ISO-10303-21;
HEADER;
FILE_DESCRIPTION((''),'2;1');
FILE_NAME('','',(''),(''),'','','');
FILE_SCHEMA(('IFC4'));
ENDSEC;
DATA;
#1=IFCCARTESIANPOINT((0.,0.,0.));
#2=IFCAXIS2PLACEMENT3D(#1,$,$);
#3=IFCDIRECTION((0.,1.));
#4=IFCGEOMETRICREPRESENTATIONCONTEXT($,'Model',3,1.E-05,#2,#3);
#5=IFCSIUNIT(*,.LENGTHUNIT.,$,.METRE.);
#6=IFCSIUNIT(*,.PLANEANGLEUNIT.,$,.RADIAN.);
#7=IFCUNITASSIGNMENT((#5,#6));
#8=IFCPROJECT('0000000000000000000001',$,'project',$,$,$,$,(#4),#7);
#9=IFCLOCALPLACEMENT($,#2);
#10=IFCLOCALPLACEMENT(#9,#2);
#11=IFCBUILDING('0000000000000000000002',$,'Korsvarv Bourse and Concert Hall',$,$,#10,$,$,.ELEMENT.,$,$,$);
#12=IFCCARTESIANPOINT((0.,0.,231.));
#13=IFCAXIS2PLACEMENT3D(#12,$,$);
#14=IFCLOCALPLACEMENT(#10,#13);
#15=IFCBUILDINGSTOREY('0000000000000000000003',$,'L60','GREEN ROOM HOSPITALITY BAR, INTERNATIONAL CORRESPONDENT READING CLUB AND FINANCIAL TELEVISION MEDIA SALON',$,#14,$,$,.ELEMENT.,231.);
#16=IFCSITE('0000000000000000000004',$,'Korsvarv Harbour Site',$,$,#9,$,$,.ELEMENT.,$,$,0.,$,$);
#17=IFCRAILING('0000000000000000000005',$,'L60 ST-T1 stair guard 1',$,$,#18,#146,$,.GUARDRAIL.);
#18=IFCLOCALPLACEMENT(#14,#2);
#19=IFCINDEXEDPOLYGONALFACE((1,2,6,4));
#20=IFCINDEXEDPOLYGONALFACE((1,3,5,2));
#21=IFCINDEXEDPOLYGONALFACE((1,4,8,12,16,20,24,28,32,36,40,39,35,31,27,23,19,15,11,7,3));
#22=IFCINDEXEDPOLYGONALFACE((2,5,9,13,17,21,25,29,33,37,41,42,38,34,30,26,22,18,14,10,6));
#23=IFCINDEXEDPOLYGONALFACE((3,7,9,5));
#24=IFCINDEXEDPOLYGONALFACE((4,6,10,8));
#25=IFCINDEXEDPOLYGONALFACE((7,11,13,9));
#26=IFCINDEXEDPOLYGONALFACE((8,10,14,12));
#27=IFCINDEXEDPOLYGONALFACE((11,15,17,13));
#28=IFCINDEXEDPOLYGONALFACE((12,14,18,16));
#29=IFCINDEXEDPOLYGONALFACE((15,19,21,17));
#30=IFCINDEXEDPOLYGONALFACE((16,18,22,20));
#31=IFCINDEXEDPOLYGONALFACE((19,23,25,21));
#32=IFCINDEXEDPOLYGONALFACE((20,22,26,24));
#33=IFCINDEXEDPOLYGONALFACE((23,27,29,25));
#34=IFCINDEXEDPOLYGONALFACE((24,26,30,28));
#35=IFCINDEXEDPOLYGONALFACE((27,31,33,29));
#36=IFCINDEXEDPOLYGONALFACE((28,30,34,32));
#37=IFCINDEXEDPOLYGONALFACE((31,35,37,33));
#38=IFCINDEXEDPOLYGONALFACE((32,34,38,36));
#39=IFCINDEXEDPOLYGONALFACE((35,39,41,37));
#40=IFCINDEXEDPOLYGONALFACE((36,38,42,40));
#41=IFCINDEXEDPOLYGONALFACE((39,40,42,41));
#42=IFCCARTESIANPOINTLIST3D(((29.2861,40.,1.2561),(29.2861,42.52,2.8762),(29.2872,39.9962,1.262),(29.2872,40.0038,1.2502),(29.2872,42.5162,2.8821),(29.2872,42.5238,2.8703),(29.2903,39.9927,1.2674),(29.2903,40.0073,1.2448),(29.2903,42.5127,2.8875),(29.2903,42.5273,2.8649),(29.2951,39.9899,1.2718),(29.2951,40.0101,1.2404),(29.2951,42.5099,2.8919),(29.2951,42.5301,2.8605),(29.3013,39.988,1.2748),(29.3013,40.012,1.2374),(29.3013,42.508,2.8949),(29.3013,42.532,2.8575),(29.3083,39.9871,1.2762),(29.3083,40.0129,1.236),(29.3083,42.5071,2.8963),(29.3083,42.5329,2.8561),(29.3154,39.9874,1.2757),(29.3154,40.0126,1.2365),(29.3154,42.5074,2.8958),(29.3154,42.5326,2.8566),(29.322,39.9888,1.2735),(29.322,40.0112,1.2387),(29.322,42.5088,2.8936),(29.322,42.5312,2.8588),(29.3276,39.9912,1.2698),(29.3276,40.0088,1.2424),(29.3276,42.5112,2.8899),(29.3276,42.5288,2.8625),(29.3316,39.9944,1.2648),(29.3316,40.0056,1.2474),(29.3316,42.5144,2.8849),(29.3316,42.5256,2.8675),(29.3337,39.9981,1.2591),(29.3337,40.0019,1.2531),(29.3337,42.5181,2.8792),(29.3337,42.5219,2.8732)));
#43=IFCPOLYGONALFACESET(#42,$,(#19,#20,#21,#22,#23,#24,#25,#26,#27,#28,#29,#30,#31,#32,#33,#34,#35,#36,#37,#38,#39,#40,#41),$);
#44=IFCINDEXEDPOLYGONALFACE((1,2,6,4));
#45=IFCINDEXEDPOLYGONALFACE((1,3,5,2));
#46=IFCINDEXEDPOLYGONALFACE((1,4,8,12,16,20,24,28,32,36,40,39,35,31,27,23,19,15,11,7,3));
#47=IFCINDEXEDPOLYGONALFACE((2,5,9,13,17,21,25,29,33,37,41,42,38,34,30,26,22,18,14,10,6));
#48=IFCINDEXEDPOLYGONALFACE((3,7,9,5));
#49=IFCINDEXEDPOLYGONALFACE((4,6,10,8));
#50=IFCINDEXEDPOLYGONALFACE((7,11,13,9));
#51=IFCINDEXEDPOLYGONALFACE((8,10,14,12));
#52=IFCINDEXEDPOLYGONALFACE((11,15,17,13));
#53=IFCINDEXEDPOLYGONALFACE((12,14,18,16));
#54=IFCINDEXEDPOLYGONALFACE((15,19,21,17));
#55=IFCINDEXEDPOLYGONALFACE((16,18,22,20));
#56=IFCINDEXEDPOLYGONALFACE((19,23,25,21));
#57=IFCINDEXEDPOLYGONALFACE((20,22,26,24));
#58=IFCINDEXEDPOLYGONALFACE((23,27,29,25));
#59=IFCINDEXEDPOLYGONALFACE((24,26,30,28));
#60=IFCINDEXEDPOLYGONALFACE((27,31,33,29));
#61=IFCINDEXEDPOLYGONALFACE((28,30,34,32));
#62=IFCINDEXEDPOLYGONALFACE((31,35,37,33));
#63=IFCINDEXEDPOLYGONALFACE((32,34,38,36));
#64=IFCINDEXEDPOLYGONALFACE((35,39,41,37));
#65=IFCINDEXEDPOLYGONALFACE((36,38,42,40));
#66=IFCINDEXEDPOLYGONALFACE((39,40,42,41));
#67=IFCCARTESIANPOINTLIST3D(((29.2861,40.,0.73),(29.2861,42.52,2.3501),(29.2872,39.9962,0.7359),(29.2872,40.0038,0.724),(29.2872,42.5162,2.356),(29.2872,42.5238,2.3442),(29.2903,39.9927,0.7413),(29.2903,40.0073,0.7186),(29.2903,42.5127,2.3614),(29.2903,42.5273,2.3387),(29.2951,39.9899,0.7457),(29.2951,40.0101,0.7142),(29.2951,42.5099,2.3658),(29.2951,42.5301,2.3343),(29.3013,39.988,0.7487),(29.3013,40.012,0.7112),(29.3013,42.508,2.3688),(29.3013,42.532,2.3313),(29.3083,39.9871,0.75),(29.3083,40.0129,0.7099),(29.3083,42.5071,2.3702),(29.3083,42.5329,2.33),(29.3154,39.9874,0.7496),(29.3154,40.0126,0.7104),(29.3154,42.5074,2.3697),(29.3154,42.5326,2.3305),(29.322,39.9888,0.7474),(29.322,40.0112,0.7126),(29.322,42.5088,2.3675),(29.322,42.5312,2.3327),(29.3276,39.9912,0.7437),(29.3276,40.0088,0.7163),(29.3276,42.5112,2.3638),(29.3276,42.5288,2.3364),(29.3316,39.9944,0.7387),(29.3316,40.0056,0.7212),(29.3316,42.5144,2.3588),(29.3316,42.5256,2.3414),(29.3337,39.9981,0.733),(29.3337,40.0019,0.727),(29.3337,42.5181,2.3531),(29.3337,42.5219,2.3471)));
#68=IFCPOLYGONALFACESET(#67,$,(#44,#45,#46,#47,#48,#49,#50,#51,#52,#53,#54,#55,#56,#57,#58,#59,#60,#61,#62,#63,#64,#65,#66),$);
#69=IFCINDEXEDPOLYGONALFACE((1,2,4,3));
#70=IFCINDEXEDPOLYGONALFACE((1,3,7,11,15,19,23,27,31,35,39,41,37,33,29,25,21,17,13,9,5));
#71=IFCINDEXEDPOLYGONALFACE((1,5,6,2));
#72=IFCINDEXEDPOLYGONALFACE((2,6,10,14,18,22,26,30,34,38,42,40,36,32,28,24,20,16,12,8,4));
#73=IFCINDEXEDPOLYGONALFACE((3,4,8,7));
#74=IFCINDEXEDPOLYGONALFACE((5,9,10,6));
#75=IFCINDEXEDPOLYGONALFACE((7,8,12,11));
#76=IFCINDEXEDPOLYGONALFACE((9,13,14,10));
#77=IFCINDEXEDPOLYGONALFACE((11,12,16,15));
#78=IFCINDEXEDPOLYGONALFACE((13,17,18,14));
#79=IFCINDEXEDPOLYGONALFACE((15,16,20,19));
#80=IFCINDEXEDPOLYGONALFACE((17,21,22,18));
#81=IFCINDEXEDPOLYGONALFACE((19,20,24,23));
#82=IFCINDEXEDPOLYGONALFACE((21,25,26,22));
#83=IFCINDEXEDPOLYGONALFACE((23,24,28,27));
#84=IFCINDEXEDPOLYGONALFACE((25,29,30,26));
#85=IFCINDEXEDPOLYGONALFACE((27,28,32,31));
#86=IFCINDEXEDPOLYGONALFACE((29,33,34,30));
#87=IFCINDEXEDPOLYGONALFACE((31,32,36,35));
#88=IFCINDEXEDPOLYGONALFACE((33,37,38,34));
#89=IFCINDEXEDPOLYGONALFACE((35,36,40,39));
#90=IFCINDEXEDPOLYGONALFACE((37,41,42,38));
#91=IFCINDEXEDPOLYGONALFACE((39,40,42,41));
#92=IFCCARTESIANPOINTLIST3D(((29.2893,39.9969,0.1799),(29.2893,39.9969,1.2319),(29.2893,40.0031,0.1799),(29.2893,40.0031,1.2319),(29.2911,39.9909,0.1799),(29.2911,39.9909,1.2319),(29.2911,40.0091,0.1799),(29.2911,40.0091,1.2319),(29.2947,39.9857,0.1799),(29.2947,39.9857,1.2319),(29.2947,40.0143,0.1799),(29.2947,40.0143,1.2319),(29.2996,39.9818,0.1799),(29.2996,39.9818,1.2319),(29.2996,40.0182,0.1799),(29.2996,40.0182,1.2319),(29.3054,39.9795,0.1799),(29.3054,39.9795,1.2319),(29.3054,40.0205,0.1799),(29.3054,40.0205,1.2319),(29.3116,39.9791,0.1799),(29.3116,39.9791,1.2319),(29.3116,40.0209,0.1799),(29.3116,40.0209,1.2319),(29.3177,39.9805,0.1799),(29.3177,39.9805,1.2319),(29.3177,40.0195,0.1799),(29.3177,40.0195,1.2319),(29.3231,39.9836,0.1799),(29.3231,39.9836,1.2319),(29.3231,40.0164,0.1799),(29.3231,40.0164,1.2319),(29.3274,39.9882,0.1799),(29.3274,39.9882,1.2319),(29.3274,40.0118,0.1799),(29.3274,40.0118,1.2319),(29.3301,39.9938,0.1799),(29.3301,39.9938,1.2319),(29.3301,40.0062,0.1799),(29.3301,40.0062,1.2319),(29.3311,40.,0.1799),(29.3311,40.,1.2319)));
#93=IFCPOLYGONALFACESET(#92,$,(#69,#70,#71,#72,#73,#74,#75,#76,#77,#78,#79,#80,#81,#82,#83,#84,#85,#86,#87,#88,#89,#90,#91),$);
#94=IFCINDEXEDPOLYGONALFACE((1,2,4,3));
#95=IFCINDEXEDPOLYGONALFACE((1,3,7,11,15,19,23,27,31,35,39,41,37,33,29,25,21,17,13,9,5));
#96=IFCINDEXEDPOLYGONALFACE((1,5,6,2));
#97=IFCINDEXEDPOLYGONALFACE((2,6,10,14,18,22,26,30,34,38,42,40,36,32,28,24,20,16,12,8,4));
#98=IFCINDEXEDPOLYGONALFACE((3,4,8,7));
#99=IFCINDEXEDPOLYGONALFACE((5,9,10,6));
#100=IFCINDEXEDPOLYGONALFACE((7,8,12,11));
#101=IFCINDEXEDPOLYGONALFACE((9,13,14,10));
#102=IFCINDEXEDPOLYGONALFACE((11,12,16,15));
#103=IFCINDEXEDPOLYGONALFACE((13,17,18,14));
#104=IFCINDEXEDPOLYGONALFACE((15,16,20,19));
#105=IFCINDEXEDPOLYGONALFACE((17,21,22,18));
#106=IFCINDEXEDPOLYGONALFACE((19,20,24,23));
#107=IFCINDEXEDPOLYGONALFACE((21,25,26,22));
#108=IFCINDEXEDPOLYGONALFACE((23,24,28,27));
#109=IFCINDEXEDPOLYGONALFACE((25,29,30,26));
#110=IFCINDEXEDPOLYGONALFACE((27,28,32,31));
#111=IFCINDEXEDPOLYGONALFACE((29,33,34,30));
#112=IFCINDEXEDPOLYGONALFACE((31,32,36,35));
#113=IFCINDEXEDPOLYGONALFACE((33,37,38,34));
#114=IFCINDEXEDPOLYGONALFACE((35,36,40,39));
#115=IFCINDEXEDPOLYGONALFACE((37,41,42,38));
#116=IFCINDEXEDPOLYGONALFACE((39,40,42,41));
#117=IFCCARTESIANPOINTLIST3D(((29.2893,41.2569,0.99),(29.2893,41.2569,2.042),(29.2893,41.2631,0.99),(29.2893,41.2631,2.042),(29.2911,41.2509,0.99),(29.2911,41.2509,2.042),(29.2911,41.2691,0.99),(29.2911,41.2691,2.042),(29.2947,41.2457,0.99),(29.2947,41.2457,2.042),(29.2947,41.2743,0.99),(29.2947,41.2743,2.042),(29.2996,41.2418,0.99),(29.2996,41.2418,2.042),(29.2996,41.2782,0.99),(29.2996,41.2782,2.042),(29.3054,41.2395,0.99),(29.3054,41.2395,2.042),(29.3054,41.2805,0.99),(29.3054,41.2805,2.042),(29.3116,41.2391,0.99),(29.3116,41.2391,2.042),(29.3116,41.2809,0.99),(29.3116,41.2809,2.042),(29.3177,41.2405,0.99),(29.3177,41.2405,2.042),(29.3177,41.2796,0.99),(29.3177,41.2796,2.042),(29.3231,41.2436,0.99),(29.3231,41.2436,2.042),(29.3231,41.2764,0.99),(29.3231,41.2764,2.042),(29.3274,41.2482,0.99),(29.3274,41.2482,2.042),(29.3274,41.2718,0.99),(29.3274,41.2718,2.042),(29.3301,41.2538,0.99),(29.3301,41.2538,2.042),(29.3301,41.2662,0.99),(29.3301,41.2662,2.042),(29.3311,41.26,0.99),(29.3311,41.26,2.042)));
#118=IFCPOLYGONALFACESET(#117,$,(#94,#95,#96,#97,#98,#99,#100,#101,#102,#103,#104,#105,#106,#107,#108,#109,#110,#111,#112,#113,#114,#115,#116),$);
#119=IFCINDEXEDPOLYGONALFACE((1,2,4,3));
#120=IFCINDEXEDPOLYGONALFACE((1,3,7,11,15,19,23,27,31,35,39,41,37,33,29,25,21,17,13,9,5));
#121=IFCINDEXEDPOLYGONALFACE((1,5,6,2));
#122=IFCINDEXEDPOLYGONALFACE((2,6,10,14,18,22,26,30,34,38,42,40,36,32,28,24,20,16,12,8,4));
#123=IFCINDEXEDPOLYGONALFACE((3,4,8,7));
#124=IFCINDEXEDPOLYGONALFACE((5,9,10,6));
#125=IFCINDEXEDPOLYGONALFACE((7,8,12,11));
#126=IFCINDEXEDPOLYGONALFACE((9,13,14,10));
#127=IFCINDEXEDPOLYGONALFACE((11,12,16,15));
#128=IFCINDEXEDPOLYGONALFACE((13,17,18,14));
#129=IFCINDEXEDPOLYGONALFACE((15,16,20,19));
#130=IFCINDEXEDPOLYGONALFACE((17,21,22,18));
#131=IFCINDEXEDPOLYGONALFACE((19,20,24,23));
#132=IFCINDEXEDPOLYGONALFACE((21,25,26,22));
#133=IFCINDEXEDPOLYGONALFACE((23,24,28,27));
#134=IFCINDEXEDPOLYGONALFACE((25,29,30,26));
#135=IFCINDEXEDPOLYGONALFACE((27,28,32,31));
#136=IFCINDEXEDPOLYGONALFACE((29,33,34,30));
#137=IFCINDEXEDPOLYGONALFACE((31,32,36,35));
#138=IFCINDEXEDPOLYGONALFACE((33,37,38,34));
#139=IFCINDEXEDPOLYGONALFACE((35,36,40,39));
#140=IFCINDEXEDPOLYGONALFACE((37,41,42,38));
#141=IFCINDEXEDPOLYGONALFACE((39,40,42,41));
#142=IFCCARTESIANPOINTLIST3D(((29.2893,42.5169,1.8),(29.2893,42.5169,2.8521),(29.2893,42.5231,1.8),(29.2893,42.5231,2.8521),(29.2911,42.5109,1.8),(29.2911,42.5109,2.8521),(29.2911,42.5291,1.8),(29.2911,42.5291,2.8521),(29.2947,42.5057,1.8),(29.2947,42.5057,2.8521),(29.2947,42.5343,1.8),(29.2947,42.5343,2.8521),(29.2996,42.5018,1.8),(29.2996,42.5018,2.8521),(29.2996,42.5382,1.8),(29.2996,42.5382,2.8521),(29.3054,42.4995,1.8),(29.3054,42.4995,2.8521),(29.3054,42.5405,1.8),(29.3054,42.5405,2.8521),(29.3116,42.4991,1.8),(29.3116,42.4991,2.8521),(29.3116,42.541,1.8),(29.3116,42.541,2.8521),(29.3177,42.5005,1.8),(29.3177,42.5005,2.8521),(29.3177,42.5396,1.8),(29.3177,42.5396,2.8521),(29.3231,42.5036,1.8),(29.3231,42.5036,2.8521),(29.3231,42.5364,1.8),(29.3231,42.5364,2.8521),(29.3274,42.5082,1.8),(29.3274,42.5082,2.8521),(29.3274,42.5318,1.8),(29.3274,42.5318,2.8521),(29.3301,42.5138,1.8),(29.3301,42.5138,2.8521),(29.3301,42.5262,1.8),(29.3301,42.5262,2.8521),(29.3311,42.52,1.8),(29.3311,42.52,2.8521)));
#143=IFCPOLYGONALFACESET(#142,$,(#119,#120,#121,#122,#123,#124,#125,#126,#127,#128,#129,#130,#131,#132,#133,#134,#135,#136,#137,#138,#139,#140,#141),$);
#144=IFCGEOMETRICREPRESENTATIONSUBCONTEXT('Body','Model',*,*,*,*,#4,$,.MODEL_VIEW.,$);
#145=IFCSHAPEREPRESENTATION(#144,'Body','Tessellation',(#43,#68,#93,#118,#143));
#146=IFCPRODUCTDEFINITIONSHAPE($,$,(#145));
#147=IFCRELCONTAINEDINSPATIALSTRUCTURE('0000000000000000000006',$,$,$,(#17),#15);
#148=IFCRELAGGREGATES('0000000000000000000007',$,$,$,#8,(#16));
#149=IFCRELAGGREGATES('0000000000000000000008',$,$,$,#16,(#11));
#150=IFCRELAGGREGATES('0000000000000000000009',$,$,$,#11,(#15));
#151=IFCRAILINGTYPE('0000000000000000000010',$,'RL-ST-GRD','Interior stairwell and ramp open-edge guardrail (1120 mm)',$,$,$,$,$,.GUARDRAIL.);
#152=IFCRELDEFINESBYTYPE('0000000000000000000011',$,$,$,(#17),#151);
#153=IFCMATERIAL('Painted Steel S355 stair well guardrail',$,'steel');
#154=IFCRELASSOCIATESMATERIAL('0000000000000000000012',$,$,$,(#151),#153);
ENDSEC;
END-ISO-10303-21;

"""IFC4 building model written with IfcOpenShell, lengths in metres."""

from ifc_helpers import new_model, si_unit, direction, frame, origin, origin_2d, place, context, subcontext, project, spatial, circle, extrude, material, type_object, element, save


model = new_model("IFC4")

# Units and contexts
model_context = context("Model", 3, precision=1e-05, world=origin(), true_north=direction((0.0, 1.0)))
body_context = subcontext(model_context, "Body", "Model", "MODEL_VIEW")
ifc_project = project(units=[si_unit("LENGTHUNIT", "METRE"), si_unit("PLANEANGLEUNIT", "RADIAN")], contexts=[model_context])

# Site, building, storey
site_placement = place(None, origin())
site = spatial("IfcSite", under=ifc_project, at=site_placement, Name="Korsvarv Harbour Site", CompositionType="ELEMENT", RefElevation=0.0)
building_placement = place(site_placement, origin())
building = spatial("IfcBuilding", under=site, at=building_placement, Name="Korsvarv Bourse and Concert Hall", CompositionType="ELEMENT")
storey_placement = place(building_placement, frame((0.0, 0.0, 231.0)))
storey = spatial("IfcBuildingStorey", under=building, at=storey_placement, Name="L60", Description="GREEN ROOM HOSPITALITY BAR, INTERNATIONAL CORRESPONDENT READING CLUB AND FINANCIAL TELEVISION MEDIA SALON", CompositionType="ELEMENT", Elevation=231.0)

# Railing
ifc_material_1 = material(Name="Painted Steel S355 stair well guardrail", Category="steel")
railing_type_1 = type_object("IfcRailingType", Name="RL-ST-GRD", Description="Interior stairwell and ramp open-edge guardrail (1120 mm)", PredefinedType="GUARDRAIL", material=ifc_material_1)
railing_1_placement = place(storey_placement, frame((29.3101, 40.0, 0.1799)))
element("IfcRailing", 1, at=railing_1_placement, inside=storey, type_object=railing_type_1, Name="L60 ST-T1 stair guard 1", PredefinedType="GUARDRAIL", context=body_context, shape_type="SweptSolid", body=[
    extrude(circle(Radius=0.0239, at=origin_2d()), frame((0.0, 0.0, 1.0762), z_axis=(0.0, 0.841163, 0.540782), x_axis=(-1.0, 0.0, 0.0)), (0.0, 0.0, 1.0), 2.9958),
    extrude(circle(Radius=0.0239, at=origin_2d()), frame((0.0, 0.0, 0.55), z_axis=(0.0, 0.841163, 0.540782), x_axis=(-1.0, 0.0, 0.0)), (0.0, 0.0, 1.0), 2.9958),
    extrude(circle(Radius=0.021, at=origin_2d()), origin(), (0.0, 0.0, 1.0), 1.052),
    extrude(circle(Radius=0.021, at=origin_2d()), frame((0.0, 1.26, 0.8101)), (0.0, 0.0, 1.0), 1.052),
    extrude(circle(Radius=0.021, at=origin_2d()), frame((0.0, 2.52, 1.6201)), (0.0, 0.0, 1.0), 1.052),
])

save(model, "model.ifc")
